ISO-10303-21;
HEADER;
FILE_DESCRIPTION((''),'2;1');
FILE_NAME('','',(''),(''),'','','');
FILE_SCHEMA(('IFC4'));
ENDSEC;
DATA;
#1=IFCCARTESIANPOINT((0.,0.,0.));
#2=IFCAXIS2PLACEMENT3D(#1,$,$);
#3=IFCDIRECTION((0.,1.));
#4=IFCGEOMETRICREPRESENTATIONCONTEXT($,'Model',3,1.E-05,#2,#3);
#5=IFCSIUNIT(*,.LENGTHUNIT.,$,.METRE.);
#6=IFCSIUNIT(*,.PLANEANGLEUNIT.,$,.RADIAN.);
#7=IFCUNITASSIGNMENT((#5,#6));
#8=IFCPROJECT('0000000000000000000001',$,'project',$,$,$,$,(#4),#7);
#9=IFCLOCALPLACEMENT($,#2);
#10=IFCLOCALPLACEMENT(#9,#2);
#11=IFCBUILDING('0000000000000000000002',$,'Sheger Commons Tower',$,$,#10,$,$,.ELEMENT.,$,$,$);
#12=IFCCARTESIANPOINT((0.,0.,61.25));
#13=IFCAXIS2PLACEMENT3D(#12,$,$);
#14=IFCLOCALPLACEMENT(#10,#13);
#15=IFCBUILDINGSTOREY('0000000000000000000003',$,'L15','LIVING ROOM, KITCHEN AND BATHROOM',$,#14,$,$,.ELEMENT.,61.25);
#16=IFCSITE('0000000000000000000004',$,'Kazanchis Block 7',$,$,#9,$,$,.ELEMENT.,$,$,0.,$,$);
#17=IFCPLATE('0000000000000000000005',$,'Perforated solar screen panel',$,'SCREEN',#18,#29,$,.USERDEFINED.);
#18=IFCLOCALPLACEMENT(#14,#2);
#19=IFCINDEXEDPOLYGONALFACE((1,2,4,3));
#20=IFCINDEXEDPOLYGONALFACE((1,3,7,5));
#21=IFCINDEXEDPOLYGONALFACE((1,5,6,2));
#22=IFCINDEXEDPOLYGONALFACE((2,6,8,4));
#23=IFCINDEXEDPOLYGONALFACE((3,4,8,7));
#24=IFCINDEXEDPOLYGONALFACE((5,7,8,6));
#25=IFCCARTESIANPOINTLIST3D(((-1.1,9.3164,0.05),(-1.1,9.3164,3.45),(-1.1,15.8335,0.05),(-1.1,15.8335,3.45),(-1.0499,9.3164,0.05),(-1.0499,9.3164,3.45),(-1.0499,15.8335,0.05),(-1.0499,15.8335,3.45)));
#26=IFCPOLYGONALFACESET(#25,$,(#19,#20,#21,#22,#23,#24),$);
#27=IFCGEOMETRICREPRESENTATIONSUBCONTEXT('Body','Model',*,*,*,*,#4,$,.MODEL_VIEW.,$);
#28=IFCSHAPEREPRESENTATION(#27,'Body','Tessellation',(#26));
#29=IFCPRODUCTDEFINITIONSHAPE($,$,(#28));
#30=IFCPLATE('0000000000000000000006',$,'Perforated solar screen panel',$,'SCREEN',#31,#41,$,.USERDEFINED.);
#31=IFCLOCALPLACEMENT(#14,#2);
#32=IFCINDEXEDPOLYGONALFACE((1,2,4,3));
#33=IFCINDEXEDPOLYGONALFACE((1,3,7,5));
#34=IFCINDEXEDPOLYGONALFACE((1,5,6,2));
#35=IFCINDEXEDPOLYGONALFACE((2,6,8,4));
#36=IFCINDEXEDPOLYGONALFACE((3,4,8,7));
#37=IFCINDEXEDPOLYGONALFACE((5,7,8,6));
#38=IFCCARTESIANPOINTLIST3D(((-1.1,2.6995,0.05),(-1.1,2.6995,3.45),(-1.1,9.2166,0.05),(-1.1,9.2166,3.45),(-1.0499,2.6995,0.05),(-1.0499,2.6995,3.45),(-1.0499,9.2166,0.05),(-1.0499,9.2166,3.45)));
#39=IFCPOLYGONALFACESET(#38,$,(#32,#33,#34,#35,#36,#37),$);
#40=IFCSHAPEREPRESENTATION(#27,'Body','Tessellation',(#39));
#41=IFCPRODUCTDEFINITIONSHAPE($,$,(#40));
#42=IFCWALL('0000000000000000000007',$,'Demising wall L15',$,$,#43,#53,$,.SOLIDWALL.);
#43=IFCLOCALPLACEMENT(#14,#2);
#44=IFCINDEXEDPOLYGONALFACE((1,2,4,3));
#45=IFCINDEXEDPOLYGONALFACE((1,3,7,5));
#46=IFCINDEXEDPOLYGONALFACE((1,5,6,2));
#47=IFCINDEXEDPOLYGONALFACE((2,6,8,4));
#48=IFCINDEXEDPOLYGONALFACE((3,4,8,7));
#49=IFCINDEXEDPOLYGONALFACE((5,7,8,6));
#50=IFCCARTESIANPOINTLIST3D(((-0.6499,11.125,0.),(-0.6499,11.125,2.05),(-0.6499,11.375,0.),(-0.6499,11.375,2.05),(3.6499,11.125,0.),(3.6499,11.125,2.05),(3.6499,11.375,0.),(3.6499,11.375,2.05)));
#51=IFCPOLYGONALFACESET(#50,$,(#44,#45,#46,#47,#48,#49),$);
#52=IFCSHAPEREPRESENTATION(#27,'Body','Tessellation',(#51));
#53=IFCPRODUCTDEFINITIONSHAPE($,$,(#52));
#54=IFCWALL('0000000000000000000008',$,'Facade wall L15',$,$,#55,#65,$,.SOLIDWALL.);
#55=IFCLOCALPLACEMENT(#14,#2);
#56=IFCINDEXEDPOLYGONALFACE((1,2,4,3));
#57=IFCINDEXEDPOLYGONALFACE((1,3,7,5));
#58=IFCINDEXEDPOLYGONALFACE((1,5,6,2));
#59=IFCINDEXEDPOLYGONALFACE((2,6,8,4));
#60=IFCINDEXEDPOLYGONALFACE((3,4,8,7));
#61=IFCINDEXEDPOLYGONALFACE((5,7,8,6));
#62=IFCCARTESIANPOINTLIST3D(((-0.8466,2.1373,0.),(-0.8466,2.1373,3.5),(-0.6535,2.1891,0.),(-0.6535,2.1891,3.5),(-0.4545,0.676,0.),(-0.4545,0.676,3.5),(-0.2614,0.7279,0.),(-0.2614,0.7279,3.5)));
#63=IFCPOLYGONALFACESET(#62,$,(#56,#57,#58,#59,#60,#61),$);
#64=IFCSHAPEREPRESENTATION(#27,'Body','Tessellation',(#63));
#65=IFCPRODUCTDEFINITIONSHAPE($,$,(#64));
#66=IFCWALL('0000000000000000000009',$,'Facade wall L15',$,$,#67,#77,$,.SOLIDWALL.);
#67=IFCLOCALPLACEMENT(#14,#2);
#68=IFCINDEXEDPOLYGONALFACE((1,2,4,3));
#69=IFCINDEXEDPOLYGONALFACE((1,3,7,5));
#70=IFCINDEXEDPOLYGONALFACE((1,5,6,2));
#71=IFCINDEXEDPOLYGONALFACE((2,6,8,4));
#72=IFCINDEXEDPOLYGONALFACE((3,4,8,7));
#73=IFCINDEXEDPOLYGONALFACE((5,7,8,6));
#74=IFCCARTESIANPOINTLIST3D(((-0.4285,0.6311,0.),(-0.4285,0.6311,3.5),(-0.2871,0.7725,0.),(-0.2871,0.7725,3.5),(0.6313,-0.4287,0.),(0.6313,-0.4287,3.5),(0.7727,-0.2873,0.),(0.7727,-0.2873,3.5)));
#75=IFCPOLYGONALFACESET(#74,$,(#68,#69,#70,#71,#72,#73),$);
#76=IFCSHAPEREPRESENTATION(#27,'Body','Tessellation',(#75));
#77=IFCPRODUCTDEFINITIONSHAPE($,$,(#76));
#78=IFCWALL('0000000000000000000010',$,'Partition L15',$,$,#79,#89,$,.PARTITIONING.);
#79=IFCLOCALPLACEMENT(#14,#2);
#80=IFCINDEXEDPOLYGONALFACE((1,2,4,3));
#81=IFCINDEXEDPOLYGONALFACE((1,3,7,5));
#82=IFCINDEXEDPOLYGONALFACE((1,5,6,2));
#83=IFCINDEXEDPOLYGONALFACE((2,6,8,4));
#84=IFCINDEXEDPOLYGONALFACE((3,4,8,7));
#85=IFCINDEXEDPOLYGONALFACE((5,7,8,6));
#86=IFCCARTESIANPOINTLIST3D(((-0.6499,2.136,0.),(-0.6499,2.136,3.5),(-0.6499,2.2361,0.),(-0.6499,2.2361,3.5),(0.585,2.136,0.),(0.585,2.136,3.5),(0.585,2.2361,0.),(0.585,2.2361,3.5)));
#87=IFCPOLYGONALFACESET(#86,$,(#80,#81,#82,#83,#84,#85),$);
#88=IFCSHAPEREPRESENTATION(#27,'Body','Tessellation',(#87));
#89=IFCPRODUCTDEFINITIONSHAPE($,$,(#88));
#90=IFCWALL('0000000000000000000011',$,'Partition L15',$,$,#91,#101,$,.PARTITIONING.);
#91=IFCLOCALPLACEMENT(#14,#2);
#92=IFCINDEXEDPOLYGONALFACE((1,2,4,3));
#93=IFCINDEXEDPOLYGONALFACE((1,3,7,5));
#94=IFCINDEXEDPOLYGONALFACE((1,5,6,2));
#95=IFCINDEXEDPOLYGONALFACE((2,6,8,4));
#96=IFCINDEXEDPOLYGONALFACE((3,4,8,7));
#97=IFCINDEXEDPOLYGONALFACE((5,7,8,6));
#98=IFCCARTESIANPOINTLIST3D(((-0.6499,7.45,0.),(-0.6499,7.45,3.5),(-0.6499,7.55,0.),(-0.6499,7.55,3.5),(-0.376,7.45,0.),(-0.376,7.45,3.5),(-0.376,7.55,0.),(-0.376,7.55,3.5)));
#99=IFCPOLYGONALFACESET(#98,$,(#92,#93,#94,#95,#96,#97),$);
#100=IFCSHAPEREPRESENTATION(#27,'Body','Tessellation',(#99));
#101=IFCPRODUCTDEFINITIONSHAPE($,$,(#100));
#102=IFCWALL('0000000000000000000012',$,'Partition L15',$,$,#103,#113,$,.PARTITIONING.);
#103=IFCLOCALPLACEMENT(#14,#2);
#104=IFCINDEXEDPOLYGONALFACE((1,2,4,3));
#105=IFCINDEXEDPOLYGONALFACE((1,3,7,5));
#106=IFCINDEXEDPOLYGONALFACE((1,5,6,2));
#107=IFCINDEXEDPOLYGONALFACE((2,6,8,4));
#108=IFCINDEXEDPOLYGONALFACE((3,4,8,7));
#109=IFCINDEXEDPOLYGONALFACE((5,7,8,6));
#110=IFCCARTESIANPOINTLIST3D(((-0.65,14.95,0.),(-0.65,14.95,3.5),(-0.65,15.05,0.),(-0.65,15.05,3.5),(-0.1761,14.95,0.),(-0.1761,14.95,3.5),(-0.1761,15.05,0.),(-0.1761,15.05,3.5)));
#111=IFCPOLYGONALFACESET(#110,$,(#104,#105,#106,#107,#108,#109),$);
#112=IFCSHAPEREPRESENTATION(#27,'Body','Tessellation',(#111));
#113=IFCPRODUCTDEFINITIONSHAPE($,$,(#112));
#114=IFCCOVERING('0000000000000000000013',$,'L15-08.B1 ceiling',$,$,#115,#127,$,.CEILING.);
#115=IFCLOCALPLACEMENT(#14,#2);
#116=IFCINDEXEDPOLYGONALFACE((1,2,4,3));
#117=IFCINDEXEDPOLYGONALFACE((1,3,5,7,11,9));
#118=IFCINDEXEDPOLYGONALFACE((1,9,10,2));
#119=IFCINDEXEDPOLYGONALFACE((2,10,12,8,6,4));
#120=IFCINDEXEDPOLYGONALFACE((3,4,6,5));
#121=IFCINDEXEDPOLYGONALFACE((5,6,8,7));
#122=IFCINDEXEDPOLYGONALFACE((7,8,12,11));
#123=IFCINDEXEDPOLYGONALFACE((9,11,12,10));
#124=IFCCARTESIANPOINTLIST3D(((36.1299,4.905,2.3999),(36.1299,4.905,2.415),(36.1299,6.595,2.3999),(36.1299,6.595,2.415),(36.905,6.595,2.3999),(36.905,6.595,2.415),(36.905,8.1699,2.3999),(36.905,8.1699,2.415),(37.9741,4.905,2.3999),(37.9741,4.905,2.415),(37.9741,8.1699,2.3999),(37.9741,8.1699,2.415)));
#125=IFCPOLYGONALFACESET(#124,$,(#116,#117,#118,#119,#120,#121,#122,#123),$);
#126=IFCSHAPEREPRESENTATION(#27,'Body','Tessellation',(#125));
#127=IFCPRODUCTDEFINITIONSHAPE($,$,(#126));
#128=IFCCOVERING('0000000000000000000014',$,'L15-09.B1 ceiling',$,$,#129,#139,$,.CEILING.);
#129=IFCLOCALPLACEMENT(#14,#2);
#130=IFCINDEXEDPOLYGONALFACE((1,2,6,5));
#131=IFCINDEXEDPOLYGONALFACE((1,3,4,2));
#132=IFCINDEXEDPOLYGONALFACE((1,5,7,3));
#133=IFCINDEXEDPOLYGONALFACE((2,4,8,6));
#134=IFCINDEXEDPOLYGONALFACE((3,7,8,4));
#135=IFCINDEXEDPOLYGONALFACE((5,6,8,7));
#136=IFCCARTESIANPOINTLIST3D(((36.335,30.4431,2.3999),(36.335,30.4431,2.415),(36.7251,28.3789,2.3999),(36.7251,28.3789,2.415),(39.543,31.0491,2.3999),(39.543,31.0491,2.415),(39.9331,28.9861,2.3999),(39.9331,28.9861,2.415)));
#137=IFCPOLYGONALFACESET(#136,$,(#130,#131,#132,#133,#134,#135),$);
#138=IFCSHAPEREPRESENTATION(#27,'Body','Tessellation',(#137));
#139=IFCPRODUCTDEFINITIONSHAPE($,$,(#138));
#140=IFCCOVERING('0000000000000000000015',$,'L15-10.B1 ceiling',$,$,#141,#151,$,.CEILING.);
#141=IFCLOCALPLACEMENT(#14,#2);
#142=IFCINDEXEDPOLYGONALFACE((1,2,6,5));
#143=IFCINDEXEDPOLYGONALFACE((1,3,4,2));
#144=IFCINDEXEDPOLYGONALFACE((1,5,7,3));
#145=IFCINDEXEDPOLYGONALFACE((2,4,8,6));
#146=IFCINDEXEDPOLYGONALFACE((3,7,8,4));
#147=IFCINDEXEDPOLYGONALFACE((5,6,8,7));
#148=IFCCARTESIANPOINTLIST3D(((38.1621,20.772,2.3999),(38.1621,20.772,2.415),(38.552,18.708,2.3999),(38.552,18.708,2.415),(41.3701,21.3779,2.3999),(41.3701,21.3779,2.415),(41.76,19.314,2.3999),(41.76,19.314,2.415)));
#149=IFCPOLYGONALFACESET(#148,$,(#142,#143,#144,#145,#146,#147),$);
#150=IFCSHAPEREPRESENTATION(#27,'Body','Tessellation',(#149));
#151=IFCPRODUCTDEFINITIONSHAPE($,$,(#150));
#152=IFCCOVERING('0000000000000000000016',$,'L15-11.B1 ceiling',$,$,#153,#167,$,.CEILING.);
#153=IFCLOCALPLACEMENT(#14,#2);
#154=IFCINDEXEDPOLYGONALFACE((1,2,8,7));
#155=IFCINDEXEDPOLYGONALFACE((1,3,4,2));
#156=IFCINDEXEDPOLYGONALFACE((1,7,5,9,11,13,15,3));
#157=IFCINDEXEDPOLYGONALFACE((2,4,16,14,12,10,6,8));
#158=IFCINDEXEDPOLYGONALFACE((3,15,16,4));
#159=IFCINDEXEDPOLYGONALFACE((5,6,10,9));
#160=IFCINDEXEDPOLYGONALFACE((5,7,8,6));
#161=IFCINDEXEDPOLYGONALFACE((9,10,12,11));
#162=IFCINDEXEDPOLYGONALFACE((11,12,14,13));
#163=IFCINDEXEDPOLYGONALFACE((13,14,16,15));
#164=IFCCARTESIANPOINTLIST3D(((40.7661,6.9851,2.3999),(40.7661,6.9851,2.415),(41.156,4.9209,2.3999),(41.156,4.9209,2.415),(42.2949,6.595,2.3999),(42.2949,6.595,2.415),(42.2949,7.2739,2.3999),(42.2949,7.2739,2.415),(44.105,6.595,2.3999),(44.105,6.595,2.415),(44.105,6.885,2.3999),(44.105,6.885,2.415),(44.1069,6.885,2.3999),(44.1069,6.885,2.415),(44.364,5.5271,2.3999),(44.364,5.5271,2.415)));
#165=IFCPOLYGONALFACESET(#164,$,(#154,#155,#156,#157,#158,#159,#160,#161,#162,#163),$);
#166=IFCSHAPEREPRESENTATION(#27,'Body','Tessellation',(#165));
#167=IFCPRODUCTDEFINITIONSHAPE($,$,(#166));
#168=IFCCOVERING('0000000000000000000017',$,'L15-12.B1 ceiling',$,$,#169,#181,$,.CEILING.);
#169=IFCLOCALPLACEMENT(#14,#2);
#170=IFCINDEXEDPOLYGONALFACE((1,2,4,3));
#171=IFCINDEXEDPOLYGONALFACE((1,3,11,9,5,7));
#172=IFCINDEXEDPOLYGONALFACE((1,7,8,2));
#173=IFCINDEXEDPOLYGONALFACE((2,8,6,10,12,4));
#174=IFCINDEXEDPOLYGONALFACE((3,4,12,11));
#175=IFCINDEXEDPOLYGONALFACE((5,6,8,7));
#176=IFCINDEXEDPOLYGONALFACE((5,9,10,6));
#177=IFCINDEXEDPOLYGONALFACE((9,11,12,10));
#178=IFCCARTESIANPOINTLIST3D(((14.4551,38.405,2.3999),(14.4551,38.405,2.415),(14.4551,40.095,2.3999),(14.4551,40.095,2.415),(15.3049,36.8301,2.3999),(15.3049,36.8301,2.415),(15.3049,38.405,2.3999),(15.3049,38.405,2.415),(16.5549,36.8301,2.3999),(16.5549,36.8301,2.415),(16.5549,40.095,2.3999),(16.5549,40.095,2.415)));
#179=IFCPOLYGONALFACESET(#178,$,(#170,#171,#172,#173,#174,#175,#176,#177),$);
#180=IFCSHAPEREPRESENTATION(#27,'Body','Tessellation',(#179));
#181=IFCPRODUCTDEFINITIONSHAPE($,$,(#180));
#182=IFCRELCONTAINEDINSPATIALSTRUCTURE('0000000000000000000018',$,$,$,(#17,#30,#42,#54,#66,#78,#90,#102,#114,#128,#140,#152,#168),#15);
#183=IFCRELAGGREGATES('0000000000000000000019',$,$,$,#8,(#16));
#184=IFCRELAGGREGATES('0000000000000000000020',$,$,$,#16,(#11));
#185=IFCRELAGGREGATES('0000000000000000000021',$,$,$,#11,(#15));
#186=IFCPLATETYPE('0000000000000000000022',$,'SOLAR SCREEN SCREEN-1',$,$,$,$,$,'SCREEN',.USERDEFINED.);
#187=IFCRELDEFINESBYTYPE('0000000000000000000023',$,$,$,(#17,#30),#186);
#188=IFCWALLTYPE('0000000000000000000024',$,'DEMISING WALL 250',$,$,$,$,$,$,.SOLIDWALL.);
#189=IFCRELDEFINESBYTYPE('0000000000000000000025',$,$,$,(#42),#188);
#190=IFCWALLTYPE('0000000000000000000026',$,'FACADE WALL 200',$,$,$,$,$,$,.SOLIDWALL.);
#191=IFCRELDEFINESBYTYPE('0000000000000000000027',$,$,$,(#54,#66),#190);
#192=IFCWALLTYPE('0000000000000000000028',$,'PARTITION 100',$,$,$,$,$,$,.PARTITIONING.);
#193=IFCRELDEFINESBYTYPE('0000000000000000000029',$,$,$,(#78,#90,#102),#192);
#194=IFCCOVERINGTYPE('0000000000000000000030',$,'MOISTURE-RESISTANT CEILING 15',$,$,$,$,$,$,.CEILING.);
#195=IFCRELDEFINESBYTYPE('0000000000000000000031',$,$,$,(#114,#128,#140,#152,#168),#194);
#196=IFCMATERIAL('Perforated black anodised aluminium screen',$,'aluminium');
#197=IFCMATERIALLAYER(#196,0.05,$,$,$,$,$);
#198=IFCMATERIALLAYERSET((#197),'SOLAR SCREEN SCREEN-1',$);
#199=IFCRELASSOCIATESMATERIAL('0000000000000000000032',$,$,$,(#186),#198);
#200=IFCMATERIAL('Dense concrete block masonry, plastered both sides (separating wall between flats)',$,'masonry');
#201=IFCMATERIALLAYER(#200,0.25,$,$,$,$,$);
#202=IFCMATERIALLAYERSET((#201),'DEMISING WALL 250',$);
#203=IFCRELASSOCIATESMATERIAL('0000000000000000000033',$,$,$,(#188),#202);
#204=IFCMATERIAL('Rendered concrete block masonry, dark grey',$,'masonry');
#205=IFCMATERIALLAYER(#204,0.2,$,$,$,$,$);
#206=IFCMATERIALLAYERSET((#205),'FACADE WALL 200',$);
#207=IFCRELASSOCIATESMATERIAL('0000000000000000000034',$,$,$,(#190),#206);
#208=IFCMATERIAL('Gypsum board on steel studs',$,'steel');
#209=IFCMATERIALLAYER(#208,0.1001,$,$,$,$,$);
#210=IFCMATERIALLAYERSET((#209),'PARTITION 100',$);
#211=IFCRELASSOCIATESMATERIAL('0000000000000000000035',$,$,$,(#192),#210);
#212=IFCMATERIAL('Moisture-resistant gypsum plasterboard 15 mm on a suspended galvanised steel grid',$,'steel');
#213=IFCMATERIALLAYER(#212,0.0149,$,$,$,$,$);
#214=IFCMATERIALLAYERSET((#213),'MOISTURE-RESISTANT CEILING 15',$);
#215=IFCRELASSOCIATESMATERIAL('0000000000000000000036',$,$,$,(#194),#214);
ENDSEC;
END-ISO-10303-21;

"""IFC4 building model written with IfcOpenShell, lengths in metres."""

from ifc_helpers import new_model, si_unit, direction, frame, frame_2d, origin, origin_2d, place, context, subcontext, project, spatial, polyline, rectangle, outline, extrude, material, layer, layer_set, type_object, element, save


model = new_model("IFC4")

# Units and contexts
model_context = context("Model", 3, precision=1e-05, world=origin(), true_north=direction((0.0, 1.0)))
body_context = subcontext(model_context, "Body", "Model", "MODEL_VIEW")
ifc_project = project(units=[si_unit("LENGTHUNIT", "METRE"), si_unit("PLANEANGLEUNIT", "RADIAN")], contexts=[model_context])

# Site, building, storey
site_placement = place(None, origin())
site = spatial("IfcSite", under=ifc_project, at=site_placement, Name="Kazanchis Block 7", CompositionType="ELEMENT", RefElevation=0.0)
building_placement = place(site_placement, origin())
building = spatial("IfcBuilding", under=site, at=building_placement, Name="Sheger Commons Tower", CompositionType="ELEMENT")
storey_placement = place(building_placement, frame((0.0, 0.0, 61.25)))
storey = spatial("IfcBuildingStorey", under=building, at=storey_placement, Name="L15", Description="LIVING ROOM, KITCHEN AND BATHROOM", CompositionType="ELEMENT", Elevation=61.25)

# Plates
ifc_material_1 = material(Name="Perforated black anodised aluminium screen", Category="aluminium")
ifc_layer_1 = layer(ifc_material_1, 0.05)
ifc_layer_set_1 = layer_set([ifc_layer_1], Name="SOLAR SCREEN SCREEN-1")
plate_type = type_object("IfcPlateType", Name="SOLAR SCREEN SCREEN-1", ElementType="SCREEN", PredefinedType="USERDEFINED", material=ifc_layer_set_1)
for number, where, z_axis, x_axis, name in (
    (1, (-1.075, 12.575, 0.05), (0.0, 0.0, 1.0), (0.0, -1.0, 0.0), "Perforated solar screen panel"),
    (2, (-1.075, 5.958, 0.05), (0.0, 0.0, 1.0), (0.0, -1.0, 0.0), "Perforated solar screen panel"),
):
    element("IfcPlate", number, at=place(storey_placement, frame(where, z_axis=z_axis, x_axis=x_axis)), inside=storey, type_object=plate_type, Name=name, ObjectType="SCREEN", PredefinedType="USERDEFINED", context=body_context, shape_type="SweptSolid", body=[
        extrude(rectangle(XDim=6.5171, YDim=0.05, at=origin_2d()), origin(), (0.0, 0.0, 1.0), 3.3999),
    ])

# Walls
ifc_material_2 = material(Name="Dense concrete block masonry, plastered both sides (separating wall between flats)", Category="masonry")
ifc_layer_2 = layer(ifc_material_2, 0.25)
ifc_layer_set_2 = layer_set([ifc_layer_2], Name="DEMISING WALL 250")
wall_type_1 = type_object("IfcWallType", Name="DEMISING WALL 250", PredefinedType="SOLIDWALL", material=ifc_layer_set_2)
wall_1_placement = place(storey_placement, frame((-0.6499, 11.25, 0.0), z_axis=(0.0, 0.0, 1.0), x_axis=(1.0, 0.0, 0.0)))
element("IfcWall", 3, at=wall_1_placement, inside=storey, type_object=wall_type_1, Name="Demising wall L15", PredefinedType="SOLIDWALL", context=body_context, shape_type="SweptSolid", body=[
    extrude(rectangle(XDim=4.2998, YDim=0.25, at=frame_2d((2.1499, 0.0))), origin(), (0.0, 0.0, 1.0), 2.05),
])
ifc_material_3 = material(Name="Rendered concrete block masonry, dark grey", Category="masonry")
ifc_layer_3 = layer(ifc_material_3, 0.2)
ifc_layer_set_3 = layer_set([ifc_layer_3], Name="FACADE WALL 200")
wall_type_2 = type_object("IfcWallType", Name="FACADE WALL 200", PredefinedType="SOLIDWALL", material=ifc_layer_set_3)
wall_2_placement = place(storey_placement, frame((-0.75, 2.1631, 0.0), z_axis=(0.0, 0.0, 1.0), x_axis=(0.259169, -0.965832, 0.0)))
element("IfcWall", 4, at=wall_2_placement, inside=storey, type_object=wall_type_2, Name="Facade wall L15", PredefinedType="SOLIDWALL", context=body_context, shape_type="SweptSolid", body=[
    extrude(rectangle(XDim=1.5129, YDim=0.2, at=frame_2d((0.7563, 0.0))), origin(), (0.0, 0.0, 1.0), 3.5),
])
wall_3_placement = place(storey_placement, frame((-0.3579, 0.7019, 0.0), z_axis=(0.0, 0.0, 1.0), x_axis=(0.707107, -0.707107, 0.0)))
element("IfcWall", 5, at=wall_3_placement, inside=storey, type_object=wall_type_2, Name="Facade wall L15", PredefinedType="SOLIDWALL", context=body_context, shape_type="SweptSolid", body=[
    extrude(rectangle(XDim=1.4988, YDim=0.2, at=frame_2d((0.7495, 0.0))), origin(), (0.0, 0.0, 1.0), 3.5),
])
ifc_material_4 = material(Name="Gypsum board on steel studs", Category="steel")
ifc_layer_4 = layer(ifc_material_4, 0.1001)
ifc_layer_set_4 = layer_set([ifc_layer_4], Name="PARTITION 100")
wall_type_3 = type_object("IfcWallType", Name="PARTITION 100", PredefinedType="PARTITIONING", material=ifc_layer_set_4)
wall_4_placement = place(storey_placement, frame((-0.6499, 2.186, 0.0), z_axis=(0.0, 0.0, 1.0), x_axis=(1.0, 0.0, 0.0)))
element("IfcWall", 6, at=wall_4_placement, inside=storey, type_object=wall_type_3, Name="Partition L15", PredefinedType="PARTITIONING", context=body_context, shape_type="SweptSolid", body=[
    extrude(rectangle(XDim=1.2349, YDim=0.1001, at=frame_2d((0.6174, 0.0))), origin(), (0.0, 0.0, 1.0), 3.5),
])
wall_5_placement = place(storey_placement, frame((-0.6499, 7.5, 0.0), z_axis=(0.0, 0.0, 1.0), x_axis=(1.0, 0.0, 0.0)))
element("IfcWall", 7, at=wall_5_placement, inside=storey, type_object=wall_type_3, Name="Partition L15", PredefinedType="PARTITIONING", context=body_context, shape_type="SweptSolid", body=[
    extrude(rectangle(XDim=0.2739, YDim=0.1001, at=frame_2d((0.137, 0.0))), origin(), (0.0, 0.0, 1.0), 3.5),
])
wall_6_placement = place(storey_placement, frame((-0.6499, 15.0, 0.0), z_axis=(0.0, 0.0, 1.0), x_axis=(1.0, 0.0, 0.0)))
element("IfcWall", 8, at=wall_6_placement, inside=storey, type_object=wall_type_3, Name="Partition L15", PredefinedType="PARTITIONING", context=body_context, shape_type="SweptSolid", body=[
    extrude(rectangle(XDim=0.4739, YDim=0.1001, at=frame_2d((0.2368, 0.0))), origin(), (0.0, 0.0, 1.0), 3.5),
])

# Coverings
ifc_material_5 = material(Name="Moisture-resistant gypsum plasterboard 15 mm on a suspended galvanised steel grid", Category="steel")
ifc_layer_5 = layer(ifc_material_5, 0.0149)
ifc_layer_set_5 = layer_set([ifc_layer_5], Name="MOISTURE-RESISTANT CEILING 15")
covering_type_1 = type_object("IfcCoveringType", Name="MOISTURE-RESISTANT CEILING 15", PredefinedType="CEILING", material=ifc_layer_set_5)
covering_1_placement = place(storey_placement, frame((0.0, 0.0, 2.3999)))
element("IfcCovering", 9, at=covering_1_placement, inside=storey, type_object=covering_type_1, Name="L15-08.B1 ceiling", PredefinedType="CEILING", context=body_context, shape_type="SweptSolid", body=[
    extrude(outline(polyline([(36.1299, 4.905), (37.9741, 4.905), (37.9741, 8.1699), (36.905, 8.1699), (36.905, 6.595), (36.1299, 6.595), (36.1299, 4.905)])), origin(), (0.0, 0.0, 1.0), 0.0151),
])
covering_2_placement = place(storey_placement, frame((0.0, 0.0, 2.3999)))
element("IfcCovering", 10, at=covering_2_placement, inside=storey, type_object=covering_type_1, Name="L15-09.B1 ceiling", PredefinedType="CEILING", context=body_context, shape_type="SweptSolid", body=[
    extrude(outline(polyline([(36.7251, 28.3789), (39.9331, 28.9861), (39.543, 31.0491), (36.335, 30.4431), (36.7251, 28.3789)])), origin(), (0.0, 0.0, 1.0), 0.0151),
])
covering_3_placement = place(storey_placement, frame((0.0, 0.0, 2.3999)))
element("IfcCovering", 11, at=covering_3_placement, inside=storey, type_object=covering_type_1, Name="L15-10.B1 ceiling", PredefinedType="CEILING", context=body_context, shape_type="SweptSolid", body=[
    extrude(outline(polyline([(38.552, 18.708), (41.76, 19.314), (41.3701, 21.3779), (38.1621, 20.772), (38.552, 18.708)])), origin(), (0.0, 0.0, 1.0), 0.0151),
])
covering_4_placement = place(storey_placement, frame((0.0, 0.0, 2.3999)))
element("IfcCovering", 12, at=covering_4_placement, inside=storey, type_object=covering_type_1, Name="L15-11.B1 ceiling", PredefinedType="CEILING", context=body_context, shape_type="SweptSolid", body=[
    extrude(outline(polyline([(41.156, 4.9209), (44.364, 5.5271), (44.1069, 6.885), (44.105, 6.885), (44.105, 6.595), (42.2949, 6.595), (42.2949, 7.2739), (40.7661, 6.9851), (41.156, 4.9209)])), origin(), (0.0, 0.0, 1.0), 0.0151),
])
covering_5_placement = place(storey_placement, frame((0.0, 0.0, 2.3999)))
element("IfcCovering", 13, at=covering_5_placement, inside=storey, type_object=covering_type_1, Name="L15-12.B1 ceiling", PredefinedType="CEILING", context=body_context, shape_type="SweptSolid", body=[
    extrude(outline(polyline([(15.3049, 36.8301), (16.5549, 36.8301), (16.5549, 40.095), (14.4551, 40.095), (14.4551, 38.405), (15.3049, 38.405), (15.3049, 36.8301)])), origin(), (0.0, 0.0, 1.0), 0.0151),
])

save(model, "model.ifc")
